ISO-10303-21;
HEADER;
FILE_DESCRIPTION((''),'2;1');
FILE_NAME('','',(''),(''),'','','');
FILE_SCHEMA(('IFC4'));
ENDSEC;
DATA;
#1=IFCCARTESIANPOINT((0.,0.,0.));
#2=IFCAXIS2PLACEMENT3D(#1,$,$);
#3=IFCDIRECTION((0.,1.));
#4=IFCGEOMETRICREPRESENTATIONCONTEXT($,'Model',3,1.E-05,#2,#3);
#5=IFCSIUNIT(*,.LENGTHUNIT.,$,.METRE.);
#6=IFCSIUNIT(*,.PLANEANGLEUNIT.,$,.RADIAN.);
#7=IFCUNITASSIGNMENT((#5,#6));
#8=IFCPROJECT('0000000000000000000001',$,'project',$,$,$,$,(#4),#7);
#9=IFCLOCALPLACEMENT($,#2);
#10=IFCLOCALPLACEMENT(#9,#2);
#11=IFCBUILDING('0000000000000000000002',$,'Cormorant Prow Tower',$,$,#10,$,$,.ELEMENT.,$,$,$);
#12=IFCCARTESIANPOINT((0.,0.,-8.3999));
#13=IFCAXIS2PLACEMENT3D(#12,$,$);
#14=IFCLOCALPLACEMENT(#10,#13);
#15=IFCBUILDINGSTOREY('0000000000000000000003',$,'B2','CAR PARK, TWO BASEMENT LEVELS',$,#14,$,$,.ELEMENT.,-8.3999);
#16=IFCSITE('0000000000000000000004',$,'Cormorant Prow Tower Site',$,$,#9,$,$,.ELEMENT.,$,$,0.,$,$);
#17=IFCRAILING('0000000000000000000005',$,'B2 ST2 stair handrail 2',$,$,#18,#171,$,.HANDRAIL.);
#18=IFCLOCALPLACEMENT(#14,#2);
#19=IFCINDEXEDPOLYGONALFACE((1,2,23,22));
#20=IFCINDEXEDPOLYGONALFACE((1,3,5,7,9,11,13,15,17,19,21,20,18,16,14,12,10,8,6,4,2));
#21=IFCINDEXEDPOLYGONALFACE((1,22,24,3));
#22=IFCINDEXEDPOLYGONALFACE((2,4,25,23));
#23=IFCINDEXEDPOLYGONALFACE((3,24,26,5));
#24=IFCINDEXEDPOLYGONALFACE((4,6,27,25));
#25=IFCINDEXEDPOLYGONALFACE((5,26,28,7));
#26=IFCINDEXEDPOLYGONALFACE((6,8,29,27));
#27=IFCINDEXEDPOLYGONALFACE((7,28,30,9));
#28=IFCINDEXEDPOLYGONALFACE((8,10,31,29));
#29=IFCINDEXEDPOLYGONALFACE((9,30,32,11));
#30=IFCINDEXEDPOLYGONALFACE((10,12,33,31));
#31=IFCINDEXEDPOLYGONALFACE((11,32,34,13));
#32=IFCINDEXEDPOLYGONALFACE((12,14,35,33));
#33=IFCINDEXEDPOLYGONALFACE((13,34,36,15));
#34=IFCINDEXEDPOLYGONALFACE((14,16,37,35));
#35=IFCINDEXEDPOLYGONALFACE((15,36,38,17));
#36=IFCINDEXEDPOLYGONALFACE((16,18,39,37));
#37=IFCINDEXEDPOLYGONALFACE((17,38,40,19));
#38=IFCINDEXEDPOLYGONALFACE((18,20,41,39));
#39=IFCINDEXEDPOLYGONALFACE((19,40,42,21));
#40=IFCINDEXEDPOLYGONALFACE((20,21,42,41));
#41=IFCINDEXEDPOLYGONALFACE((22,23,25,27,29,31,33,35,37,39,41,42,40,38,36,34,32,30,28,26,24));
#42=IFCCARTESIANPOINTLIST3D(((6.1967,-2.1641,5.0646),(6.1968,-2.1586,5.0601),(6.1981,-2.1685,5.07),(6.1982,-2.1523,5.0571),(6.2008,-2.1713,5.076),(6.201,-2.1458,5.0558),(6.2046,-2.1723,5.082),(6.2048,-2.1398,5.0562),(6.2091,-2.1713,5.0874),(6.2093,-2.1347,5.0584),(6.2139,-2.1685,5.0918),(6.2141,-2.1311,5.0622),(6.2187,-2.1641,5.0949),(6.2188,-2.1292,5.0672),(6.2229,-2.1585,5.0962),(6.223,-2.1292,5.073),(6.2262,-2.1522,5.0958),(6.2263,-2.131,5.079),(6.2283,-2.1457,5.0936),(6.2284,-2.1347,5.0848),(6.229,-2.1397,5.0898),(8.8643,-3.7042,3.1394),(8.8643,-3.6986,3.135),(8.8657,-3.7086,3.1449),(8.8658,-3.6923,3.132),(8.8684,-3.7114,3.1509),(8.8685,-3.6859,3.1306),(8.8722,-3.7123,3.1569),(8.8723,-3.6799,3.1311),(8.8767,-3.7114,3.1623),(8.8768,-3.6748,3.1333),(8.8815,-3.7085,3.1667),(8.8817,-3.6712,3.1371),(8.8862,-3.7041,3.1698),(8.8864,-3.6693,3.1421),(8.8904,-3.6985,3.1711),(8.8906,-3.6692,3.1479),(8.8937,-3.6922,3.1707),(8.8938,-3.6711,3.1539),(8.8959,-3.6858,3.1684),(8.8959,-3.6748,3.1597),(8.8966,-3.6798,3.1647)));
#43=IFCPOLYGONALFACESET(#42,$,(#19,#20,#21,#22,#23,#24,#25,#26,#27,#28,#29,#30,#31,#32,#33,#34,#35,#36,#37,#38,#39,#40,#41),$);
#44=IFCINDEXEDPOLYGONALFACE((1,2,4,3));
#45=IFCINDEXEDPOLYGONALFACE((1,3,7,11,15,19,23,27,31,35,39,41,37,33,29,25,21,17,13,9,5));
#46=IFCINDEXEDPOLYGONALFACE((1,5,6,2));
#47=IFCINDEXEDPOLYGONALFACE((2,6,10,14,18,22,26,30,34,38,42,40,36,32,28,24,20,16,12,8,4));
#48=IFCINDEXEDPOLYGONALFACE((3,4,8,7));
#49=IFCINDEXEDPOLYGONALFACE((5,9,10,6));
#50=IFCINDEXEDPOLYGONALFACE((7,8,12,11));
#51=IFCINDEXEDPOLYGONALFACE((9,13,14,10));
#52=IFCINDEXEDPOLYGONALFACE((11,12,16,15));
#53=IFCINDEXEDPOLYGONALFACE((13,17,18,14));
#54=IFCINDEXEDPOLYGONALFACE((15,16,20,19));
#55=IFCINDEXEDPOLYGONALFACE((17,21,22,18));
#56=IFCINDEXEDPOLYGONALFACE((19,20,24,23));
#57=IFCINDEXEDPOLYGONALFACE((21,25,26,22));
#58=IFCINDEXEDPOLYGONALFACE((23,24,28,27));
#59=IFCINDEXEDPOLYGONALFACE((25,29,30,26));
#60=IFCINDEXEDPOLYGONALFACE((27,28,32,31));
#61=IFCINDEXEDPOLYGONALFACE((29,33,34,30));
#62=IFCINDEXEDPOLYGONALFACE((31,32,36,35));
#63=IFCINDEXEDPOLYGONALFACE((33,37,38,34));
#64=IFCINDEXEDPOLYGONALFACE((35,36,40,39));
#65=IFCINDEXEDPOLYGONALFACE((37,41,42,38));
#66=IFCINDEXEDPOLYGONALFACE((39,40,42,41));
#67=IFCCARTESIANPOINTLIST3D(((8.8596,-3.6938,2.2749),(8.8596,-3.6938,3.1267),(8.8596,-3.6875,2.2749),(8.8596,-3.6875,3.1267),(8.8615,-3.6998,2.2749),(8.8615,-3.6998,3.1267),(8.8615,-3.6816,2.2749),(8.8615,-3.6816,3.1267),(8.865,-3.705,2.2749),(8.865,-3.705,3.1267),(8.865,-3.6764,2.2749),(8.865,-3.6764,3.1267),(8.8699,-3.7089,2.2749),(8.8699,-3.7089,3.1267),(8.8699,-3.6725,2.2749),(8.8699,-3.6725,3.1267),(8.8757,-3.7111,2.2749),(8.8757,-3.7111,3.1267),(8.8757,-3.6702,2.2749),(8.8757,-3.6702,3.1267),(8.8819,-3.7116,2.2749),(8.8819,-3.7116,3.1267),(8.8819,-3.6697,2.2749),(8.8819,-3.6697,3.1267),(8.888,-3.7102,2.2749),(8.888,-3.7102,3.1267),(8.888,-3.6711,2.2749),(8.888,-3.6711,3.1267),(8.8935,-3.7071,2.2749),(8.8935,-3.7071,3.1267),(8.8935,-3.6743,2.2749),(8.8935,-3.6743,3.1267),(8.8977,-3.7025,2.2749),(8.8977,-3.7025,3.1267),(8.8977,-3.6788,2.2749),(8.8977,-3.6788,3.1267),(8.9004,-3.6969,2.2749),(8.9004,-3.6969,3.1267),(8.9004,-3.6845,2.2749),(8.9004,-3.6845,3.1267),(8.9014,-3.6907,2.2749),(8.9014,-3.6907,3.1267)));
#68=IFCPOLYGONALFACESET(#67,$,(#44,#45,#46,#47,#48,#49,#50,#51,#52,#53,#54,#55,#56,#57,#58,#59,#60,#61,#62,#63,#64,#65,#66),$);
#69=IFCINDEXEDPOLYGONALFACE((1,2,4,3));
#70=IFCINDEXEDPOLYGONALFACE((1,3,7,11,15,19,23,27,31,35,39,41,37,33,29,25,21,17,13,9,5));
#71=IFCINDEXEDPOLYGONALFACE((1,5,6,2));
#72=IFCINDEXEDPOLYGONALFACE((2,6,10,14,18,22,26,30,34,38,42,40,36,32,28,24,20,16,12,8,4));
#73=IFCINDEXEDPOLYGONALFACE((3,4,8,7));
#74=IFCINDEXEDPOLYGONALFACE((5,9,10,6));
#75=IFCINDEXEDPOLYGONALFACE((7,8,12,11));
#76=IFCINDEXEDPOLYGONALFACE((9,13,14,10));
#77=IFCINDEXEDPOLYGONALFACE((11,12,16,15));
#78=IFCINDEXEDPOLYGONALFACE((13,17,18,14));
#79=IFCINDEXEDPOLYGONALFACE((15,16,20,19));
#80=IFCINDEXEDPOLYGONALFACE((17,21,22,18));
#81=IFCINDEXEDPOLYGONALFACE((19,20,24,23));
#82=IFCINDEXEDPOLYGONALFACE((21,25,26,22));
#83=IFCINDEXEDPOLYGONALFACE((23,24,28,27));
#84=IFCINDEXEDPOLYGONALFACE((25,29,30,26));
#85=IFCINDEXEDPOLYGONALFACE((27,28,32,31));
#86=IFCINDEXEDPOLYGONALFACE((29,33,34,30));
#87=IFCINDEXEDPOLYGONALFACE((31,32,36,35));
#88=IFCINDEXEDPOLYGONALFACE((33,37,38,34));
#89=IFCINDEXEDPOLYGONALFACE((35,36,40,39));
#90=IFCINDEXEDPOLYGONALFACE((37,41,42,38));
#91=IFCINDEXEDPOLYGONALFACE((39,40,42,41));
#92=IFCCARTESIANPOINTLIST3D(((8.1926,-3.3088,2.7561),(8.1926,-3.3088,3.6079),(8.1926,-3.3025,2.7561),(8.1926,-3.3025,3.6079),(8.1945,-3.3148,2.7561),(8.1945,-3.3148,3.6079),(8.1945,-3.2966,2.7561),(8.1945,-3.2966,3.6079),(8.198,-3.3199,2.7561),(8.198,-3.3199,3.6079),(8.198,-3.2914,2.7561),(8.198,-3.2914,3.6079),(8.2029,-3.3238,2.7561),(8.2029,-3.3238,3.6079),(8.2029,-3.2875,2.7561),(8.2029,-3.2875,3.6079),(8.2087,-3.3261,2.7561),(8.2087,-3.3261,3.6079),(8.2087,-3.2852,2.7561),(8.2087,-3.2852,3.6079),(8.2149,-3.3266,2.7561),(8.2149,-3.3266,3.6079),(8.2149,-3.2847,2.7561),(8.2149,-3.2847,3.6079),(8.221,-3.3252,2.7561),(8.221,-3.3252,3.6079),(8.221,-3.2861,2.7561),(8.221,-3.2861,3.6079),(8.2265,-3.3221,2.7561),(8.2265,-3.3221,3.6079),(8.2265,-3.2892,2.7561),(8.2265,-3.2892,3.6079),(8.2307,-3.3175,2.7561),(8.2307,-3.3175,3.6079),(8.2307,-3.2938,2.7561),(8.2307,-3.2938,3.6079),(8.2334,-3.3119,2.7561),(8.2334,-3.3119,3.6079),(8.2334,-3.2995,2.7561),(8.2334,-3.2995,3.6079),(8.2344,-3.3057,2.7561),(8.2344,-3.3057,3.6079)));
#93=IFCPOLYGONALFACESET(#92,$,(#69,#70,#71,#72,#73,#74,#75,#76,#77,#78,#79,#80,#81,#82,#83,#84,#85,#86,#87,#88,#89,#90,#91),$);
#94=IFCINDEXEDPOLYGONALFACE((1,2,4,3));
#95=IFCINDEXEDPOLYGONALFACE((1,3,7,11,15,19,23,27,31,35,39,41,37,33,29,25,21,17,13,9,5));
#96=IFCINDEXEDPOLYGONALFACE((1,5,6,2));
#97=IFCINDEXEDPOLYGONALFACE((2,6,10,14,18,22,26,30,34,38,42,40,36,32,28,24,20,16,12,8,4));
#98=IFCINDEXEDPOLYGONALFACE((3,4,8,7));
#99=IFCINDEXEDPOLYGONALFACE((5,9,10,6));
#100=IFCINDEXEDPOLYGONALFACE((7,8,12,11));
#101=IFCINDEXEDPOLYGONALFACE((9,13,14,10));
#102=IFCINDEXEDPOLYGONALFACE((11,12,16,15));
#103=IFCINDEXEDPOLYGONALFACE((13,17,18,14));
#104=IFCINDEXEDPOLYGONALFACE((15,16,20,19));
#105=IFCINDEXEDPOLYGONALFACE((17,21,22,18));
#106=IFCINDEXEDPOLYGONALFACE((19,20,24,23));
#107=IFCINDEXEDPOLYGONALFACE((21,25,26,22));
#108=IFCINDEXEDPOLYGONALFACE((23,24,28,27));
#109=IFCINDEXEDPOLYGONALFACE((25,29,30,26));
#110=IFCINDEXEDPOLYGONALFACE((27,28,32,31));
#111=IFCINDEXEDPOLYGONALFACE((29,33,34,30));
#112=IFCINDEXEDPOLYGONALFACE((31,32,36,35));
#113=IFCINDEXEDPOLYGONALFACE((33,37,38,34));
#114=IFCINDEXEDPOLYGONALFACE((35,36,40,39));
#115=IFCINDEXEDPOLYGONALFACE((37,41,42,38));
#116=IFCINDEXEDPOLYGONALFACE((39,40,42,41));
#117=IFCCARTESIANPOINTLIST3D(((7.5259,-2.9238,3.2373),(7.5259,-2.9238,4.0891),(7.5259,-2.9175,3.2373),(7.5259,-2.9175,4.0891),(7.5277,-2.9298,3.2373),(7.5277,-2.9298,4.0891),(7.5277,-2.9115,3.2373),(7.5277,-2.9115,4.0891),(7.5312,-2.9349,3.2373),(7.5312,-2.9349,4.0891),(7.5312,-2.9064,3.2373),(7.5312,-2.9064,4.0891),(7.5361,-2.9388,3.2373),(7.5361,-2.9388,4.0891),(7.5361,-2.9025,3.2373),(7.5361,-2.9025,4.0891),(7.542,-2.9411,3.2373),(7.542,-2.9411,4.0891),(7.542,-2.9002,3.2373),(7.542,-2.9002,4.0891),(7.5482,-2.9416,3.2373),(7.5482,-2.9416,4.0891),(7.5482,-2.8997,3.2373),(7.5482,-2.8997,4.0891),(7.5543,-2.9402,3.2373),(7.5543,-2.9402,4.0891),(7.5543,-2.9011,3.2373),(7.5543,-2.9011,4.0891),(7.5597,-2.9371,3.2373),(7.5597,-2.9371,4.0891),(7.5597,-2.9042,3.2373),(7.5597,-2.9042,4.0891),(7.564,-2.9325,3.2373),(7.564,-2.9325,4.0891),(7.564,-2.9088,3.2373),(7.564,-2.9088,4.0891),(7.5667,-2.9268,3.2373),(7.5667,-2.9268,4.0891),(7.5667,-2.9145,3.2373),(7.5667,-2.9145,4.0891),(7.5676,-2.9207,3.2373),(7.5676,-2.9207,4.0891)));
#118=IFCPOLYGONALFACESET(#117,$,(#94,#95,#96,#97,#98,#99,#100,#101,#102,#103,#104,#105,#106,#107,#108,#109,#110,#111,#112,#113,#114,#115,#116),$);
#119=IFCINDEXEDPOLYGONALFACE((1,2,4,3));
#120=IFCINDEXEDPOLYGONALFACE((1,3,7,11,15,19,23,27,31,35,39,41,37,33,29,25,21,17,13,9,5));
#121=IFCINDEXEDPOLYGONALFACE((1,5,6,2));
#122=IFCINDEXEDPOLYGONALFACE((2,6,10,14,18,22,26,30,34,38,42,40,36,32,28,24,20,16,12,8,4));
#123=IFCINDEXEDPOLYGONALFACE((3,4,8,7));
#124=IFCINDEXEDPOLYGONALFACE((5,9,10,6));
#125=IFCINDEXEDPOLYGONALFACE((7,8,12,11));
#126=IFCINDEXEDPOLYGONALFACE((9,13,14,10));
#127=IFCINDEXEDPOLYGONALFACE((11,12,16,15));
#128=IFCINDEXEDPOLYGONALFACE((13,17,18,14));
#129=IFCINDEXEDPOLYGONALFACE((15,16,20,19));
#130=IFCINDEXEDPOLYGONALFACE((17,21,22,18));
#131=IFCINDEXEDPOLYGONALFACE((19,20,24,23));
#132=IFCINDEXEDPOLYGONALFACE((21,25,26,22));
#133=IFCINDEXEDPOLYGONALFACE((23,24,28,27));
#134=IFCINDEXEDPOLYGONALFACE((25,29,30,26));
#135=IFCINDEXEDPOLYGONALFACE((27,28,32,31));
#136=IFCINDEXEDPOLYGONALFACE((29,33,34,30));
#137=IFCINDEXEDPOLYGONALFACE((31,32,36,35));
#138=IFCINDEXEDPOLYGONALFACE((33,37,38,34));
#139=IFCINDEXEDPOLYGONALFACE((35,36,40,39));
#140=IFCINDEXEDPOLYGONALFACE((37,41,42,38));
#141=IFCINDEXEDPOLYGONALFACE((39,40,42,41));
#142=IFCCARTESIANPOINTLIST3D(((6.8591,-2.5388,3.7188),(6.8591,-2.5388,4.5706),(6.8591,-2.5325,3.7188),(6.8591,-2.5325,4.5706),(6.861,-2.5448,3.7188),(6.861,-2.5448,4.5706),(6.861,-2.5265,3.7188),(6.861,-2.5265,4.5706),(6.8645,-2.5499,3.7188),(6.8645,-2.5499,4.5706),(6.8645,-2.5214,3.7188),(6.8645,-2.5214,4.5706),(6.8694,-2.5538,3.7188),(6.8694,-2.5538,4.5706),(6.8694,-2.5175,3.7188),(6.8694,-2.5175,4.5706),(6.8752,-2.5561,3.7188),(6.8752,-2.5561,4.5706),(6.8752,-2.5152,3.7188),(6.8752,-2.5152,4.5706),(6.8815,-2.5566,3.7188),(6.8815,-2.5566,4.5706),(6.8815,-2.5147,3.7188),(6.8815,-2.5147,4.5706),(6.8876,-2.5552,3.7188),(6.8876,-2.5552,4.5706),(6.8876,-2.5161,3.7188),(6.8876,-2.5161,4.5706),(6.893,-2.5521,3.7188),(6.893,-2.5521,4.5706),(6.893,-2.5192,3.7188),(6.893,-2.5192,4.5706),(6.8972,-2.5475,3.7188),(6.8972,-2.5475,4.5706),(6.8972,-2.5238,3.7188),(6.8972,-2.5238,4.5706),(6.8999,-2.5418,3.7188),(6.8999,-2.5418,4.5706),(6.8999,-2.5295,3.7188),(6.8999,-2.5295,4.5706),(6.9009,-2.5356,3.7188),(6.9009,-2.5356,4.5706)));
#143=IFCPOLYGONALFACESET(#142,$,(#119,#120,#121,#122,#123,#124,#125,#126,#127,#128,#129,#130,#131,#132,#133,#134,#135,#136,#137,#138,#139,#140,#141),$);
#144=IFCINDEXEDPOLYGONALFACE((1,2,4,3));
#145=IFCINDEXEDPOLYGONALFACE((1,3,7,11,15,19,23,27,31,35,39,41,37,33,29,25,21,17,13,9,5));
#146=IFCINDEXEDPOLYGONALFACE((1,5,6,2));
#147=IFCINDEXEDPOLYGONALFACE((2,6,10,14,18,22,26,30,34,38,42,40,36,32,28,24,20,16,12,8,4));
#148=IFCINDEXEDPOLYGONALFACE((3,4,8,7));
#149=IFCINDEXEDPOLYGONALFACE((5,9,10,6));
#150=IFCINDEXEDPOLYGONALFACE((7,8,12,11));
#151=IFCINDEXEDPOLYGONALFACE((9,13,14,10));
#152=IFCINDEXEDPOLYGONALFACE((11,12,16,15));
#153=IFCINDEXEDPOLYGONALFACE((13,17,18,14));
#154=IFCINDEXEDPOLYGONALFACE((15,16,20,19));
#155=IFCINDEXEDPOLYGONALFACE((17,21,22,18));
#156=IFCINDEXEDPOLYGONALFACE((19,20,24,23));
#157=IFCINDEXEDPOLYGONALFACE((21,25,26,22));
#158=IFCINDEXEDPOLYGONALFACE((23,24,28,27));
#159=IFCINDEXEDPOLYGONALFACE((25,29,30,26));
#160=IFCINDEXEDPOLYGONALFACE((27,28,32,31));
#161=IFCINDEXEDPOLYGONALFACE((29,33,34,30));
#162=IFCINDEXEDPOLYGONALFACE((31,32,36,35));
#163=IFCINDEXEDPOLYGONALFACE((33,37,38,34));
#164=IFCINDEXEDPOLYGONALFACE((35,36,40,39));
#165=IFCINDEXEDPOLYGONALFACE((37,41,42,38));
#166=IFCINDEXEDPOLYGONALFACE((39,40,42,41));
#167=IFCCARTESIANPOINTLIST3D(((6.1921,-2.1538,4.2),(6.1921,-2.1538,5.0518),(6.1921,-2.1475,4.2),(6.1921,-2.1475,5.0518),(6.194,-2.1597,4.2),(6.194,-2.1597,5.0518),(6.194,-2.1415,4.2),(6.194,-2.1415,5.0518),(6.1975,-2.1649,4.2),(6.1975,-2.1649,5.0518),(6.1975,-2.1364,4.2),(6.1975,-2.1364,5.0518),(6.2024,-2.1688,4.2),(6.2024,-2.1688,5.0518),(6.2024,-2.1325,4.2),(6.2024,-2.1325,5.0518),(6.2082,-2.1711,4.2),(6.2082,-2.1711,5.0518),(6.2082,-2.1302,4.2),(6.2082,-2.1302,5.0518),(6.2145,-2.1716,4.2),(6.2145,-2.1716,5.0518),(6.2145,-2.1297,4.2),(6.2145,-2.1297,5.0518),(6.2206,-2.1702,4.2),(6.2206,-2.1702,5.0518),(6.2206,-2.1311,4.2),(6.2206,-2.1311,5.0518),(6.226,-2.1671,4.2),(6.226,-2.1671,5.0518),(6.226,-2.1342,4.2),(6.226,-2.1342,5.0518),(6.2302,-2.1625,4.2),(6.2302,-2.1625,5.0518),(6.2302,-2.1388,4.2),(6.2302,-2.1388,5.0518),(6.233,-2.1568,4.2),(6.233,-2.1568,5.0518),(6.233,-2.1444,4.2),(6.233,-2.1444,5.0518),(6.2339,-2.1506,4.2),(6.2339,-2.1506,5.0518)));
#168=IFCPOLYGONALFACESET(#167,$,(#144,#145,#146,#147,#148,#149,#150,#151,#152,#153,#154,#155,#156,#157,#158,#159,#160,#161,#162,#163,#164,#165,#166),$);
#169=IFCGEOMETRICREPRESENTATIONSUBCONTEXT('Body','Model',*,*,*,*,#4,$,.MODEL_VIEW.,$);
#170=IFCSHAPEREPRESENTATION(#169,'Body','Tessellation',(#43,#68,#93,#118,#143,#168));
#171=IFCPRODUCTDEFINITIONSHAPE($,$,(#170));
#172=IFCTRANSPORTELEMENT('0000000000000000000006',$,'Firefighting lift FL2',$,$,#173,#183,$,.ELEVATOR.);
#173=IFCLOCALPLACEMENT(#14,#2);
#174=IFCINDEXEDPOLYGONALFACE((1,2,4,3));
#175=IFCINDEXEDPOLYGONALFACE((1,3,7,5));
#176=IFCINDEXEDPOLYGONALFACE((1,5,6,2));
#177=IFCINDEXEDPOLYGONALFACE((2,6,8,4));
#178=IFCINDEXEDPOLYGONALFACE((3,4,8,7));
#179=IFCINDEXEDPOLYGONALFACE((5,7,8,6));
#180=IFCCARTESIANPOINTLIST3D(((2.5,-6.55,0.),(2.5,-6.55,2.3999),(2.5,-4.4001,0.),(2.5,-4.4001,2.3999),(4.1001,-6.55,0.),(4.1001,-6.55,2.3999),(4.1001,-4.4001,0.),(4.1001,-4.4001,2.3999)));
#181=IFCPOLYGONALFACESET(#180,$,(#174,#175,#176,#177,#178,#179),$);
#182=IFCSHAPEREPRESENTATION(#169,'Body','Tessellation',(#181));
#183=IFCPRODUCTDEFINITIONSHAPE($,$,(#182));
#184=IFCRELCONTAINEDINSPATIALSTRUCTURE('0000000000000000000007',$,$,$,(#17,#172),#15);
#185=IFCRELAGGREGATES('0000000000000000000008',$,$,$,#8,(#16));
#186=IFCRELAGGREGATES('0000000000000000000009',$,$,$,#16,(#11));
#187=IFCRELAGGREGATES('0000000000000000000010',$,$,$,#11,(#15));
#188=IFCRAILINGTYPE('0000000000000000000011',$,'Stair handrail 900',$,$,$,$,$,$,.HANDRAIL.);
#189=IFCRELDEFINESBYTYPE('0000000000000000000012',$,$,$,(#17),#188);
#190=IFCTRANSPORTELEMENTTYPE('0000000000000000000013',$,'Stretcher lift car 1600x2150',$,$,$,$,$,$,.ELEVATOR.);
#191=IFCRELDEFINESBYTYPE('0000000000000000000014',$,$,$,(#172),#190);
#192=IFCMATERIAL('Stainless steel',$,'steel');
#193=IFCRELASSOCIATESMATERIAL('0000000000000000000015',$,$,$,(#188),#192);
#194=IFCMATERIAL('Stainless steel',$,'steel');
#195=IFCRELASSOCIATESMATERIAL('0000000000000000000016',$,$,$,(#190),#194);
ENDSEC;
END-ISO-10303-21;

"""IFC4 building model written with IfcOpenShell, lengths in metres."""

from ifc_helpers import new_model, si_unit, direction, frame, origin, origin_2d, place, context, subcontext, project, spatial, rectangle, circle, extrude, material, type_object, element, save


model = new_model("IFC4")

# Units and contexts
model_context = context("Model", 3, precision=1e-05, world=origin(), true_north=direction((0.0, 1.0)))
body_context = subcontext(model_context, "Body", "Model", "MODEL_VIEW")
ifc_project = project(units=[si_unit("LENGTHUNIT", "METRE"), si_unit("PLANEANGLEUNIT", "RADIAN")], contexts=[model_context])

# Site, building, storey
site_placement = place(None, origin())
site = spatial("IfcSite", under=ifc_project, at=site_placement, Name="Cormorant Prow Tower Site", CompositionType="ELEMENT", RefElevation=0.0)
building_placement = place(site_placement, origin())
building = spatial("IfcBuilding", under=site, at=building_placement, Name="Cormorant Prow Tower", CompositionType="ELEMENT")
storey_placement = place(building_placement, frame((0.0, 0.0, -8.3999)))
storey = spatial("IfcBuildingStorey", under=building, at=storey_placement, Name="B2", Description="CAR PARK, TWO BASEMENT LEVELS", CompositionType="ELEMENT", Elevation=-8.3999)

# Railing
ifc_material_1 = material(Name="Stainless steel", Category="steel")
railing_type_1 = type_object("IfcRailingType", Name="Stair handrail 900", PredefinedType="HANDRAIL", material=ifc_material_1)
railing_1_placement = place(storey_placement, frame((8.8804, -3.6907, 2.2749)))
element("IfcRailing", 1, at=railing_1_placement, inside=storey, type_object=railing_type_1, Name="B2 ST2 stair handrail 2", PredefinedType="HANDRAIL", context=body_context, shape_type="SweptSolid", body=[
    extrude(circle(Radius=0.0239, at=origin_2d()), frame((0.0, 0.0, 0.876), z_axis=(-0.734395, 0.423994, 0.529993), x_axis=(-0.499992, -0.86603, 0.0)), (0.0, 0.0, 1.0), 3.6323),
    extrude(circle(Radius=0.021, at=origin_2d()), origin(), (0.0, 0.0, 1.0), 0.8518),
    extrude(circle(Radius=0.021, at=origin_2d()), frame((-0.667, 0.385, 0.4812)), (0.0, 0.0, 1.0), 0.8518),
    extrude(circle(Radius=0.021, at=origin_2d()), frame((-1.3337, 0.77, 0.9624)), (0.0, 0.0, 1.0), 0.8518),
    extrude(circle(Radius=0.021, at=origin_2d()), frame((-2.0005, 1.155, 1.4438)), (0.0, 0.0, 1.0), 0.8518),
    extrude(circle(Radius=0.021, at=origin_2d()), frame((-2.6675, 1.54, 1.925)), (0.0, 0.0, 1.0), 0.8518),
])

# Transport element
ifc_material_2 = material(Name="Stainless steel", Category="steel")
transport_element_type = type_object("IfcTransportElementType", Name="Stretcher lift car 1600x2150", PredefinedType="ELEVATOR", material=ifc_material_2)
transport_element_placement = place(storey_placement, frame((3.3, -5.4751, 0.0), z_axis=(0.0, 0.0, 1.0), x_axis=(1.0, 0.0, 0.0)))
element("IfcTransportElement", 2, at=transport_element_placement, inside=storey, type_object=transport_element_type, Name="Firefighting lift FL2", PredefinedType="ELEVATOR", context=body_context, shape_type="SweptSolid", body=[
    extrude(rectangle(XDim=1.6001, YDim=2.1499, at=origin_2d()), origin(), (0.0, 0.0, 1.0), 2.3999),
])

save(model, "model.ifc")
